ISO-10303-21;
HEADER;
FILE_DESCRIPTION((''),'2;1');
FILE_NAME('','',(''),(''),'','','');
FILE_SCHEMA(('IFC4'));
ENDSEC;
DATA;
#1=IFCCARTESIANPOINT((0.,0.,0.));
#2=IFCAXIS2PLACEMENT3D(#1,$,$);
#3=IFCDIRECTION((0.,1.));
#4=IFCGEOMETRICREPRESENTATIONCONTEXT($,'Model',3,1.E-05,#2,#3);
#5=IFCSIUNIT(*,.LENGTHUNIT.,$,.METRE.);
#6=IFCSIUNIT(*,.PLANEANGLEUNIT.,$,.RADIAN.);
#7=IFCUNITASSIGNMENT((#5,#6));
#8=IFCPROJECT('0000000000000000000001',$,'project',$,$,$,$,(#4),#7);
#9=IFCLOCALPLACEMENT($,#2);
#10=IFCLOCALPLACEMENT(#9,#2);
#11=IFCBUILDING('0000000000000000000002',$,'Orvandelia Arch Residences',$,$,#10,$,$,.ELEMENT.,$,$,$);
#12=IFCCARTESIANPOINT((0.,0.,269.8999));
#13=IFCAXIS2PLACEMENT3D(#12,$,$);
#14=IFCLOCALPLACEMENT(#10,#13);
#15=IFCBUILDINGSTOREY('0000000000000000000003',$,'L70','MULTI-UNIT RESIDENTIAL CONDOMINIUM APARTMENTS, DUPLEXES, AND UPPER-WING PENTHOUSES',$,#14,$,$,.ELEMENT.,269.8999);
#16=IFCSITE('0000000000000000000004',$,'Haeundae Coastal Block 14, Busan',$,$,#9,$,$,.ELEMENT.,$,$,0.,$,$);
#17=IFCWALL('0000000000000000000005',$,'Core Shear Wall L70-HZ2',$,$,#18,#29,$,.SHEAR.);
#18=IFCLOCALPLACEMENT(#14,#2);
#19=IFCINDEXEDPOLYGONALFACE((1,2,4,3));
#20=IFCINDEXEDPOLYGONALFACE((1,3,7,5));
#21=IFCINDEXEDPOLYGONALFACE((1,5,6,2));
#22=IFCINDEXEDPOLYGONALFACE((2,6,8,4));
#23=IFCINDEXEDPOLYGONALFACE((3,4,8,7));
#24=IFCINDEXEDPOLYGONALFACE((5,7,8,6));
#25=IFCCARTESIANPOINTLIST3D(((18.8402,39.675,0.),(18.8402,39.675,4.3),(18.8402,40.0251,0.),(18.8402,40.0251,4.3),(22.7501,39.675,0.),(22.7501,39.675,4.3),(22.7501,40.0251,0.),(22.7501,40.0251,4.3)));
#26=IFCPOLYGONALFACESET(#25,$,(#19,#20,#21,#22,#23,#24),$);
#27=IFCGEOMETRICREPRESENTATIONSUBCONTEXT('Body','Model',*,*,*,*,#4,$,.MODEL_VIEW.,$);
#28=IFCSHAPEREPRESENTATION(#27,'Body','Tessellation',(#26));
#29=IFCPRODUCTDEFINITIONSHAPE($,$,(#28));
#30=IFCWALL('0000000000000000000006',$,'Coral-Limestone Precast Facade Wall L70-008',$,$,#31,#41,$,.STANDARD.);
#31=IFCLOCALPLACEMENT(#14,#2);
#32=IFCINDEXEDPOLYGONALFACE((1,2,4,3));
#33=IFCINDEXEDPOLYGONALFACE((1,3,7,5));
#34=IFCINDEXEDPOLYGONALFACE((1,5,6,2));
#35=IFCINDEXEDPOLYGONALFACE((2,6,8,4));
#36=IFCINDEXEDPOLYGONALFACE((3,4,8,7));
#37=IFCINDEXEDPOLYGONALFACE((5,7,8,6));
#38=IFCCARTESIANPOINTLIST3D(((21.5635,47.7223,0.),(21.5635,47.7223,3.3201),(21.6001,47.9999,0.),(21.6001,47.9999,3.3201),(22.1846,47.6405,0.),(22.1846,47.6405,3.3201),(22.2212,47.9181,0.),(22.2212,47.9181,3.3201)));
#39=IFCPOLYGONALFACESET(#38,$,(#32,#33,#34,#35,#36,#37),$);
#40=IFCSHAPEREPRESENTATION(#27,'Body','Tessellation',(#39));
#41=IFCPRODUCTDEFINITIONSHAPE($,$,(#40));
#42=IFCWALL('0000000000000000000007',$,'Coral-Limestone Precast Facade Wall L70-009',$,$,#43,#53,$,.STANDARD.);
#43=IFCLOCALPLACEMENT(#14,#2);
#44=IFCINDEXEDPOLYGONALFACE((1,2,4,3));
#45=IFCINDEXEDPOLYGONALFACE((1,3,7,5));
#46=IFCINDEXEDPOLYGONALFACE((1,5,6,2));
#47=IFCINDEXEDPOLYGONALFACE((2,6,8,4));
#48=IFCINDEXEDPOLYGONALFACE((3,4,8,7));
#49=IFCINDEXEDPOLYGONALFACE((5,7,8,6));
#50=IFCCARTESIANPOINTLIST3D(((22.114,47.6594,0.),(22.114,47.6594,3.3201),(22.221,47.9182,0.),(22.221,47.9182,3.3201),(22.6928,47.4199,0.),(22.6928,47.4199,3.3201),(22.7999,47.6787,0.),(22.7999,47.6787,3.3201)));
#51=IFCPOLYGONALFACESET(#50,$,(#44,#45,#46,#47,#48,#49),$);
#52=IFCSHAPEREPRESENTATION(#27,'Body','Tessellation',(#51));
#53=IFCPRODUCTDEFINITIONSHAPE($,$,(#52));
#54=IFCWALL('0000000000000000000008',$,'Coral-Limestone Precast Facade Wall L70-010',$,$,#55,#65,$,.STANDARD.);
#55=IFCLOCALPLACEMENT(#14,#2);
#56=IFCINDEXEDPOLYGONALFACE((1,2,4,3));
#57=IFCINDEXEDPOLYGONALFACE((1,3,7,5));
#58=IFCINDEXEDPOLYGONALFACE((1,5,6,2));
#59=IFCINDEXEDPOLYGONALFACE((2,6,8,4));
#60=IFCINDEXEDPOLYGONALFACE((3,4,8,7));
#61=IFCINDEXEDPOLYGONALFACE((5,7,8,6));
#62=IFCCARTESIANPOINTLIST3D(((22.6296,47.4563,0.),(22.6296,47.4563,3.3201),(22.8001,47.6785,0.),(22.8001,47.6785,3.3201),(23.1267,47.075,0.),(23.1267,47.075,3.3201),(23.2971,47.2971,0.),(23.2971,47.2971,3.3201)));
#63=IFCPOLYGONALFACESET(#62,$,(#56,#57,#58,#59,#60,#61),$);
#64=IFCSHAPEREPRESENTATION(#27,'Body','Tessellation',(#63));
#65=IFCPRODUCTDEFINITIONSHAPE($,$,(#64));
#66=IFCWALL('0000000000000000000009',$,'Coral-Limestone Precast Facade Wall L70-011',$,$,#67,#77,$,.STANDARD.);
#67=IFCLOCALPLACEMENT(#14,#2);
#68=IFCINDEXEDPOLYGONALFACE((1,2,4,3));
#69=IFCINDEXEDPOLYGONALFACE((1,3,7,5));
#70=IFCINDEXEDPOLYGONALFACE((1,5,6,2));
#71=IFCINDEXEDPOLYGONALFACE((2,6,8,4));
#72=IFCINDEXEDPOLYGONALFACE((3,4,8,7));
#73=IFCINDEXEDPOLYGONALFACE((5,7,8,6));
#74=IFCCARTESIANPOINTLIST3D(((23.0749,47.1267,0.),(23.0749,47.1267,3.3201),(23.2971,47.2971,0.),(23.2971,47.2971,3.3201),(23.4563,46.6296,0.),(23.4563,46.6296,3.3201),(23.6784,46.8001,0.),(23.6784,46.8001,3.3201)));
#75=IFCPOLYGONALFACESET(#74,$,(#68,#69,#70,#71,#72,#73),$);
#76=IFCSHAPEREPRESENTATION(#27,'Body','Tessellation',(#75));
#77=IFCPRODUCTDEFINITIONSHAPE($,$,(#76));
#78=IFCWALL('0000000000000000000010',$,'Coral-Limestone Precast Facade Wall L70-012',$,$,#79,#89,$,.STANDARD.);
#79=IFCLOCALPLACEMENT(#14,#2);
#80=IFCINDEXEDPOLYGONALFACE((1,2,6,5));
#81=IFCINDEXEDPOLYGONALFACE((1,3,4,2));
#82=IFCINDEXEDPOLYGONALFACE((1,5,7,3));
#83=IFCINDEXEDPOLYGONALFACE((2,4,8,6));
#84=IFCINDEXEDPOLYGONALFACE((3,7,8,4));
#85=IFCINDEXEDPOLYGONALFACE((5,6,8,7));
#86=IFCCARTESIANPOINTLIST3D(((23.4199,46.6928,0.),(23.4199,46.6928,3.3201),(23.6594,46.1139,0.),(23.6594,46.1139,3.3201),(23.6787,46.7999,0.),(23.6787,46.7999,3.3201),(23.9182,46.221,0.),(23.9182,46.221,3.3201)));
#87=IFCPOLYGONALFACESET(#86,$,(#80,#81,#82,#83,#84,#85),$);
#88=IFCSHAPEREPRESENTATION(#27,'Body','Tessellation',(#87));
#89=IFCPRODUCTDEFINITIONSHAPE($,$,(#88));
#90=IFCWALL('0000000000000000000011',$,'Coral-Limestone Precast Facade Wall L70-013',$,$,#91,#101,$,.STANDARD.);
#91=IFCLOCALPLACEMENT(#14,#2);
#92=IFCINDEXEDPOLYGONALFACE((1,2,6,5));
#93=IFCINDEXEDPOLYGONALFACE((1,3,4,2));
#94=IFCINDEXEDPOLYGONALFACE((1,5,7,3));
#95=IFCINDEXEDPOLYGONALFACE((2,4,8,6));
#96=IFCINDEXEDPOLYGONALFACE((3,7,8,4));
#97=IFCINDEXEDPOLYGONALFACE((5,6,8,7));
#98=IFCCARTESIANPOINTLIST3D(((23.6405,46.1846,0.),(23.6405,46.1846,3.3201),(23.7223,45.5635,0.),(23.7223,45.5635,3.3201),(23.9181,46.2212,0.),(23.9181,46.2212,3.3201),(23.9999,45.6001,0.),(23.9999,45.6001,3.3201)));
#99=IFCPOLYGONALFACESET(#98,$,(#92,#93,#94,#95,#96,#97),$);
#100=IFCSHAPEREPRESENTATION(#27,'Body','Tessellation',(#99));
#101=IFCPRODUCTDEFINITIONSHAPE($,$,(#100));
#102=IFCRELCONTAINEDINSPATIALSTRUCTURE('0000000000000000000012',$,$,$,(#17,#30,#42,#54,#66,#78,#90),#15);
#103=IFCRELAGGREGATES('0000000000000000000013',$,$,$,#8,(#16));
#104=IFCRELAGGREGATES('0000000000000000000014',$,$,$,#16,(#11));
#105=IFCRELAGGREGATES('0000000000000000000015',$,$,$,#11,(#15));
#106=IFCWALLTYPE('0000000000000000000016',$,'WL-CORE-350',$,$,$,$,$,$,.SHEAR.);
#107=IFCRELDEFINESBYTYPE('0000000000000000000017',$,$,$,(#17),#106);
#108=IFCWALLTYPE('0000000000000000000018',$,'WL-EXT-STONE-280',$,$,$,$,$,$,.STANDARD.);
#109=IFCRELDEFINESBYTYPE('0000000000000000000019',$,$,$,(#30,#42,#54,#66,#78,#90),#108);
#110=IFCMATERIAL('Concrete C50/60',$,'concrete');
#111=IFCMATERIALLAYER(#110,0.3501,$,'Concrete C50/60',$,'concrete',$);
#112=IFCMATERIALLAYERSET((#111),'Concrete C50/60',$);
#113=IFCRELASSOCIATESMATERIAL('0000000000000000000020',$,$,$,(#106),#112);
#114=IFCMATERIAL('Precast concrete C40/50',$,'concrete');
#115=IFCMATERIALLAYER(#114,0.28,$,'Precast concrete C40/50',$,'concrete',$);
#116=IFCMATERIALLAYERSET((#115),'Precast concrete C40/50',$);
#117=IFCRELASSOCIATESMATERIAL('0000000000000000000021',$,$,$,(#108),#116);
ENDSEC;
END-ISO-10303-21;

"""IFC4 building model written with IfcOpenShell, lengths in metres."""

from ifc_helpers import new_model, si_unit, direction, frame, frame_2d, origin, place, context, subcontext, project, spatial, rectangle, extrude, material, layer, layer_set, type_object, element, save


model = new_model("IFC4")

# Units and contexts
model_context = context("Model", 3, precision=1e-05, world=origin(), true_north=direction((0.0, 1.0)))
body_context = subcontext(model_context, "Body", "Model", "MODEL_VIEW")
ifc_project = project(units=[si_unit("LENGTHUNIT", "METRE"), si_unit("PLANEANGLEUNIT", "RADIAN")], contexts=[model_context])

# Site, building, storey
site_placement = place(None, origin())
site = spatial("IfcSite", under=ifc_project, at=site_placement, Name="Haeundae Coastal Block 14, Busan", CompositionType="ELEMENT", RefElevation=0.0)
building_placement = place(site_placement, origin())
building = spatial("IfcBuilding", under=site, at=building_placement, Name="Orvandelia Arch Residences", CompositionType="ELEMENT")
storey_placement = place(building_placement, frame((0.0, 0.0, 269.8999)))
storey = spatial("IfcBuildingStorey", under=building, at=storey_placement, Name="L70", Description="MULTI-UNIT RESIDENTIAL CONDOMINIUM APARTMENTS, DUPLEXES, AND UPPER-WING PENTHOUSES", CompositionType="ELEMENT", Elevation=269.8999)

# Shared definitions
ifc_material_1 = material(Name="Concrete C50/60", Category="concrete")

# Walls
ifc_layer_1 = layer(ifc_material_1, 0.3501, Name="Concrete C50/60", Category="concrete")
ifc_layer_set_1 = layer_set([ifc_layer_1], Name="Concrete C50/60")
wall_type_1 = type_object("IfcWallType", Name="WL-CORE-350", PredefinedType="SHEAR", material=ifc_layer_set_1)
wall_1_placement = place(storey_placement, frame((18.8401, 39.8501, 0.0), z_axis=(0.0, 0.0, 1.0), x_axis=(1.0, 0.0, 0.0)))
element("IfcWall", 1, at=wall_1_placement, inside=storey, type_object=wall_type_1, Name="Core Shear Wall L70-HZ2", PredefinedType="SHEAR", context=body_context, shape_type="SweptSolid", body=[
    extrude(rectangle(XDim=3.9099, YDim=0.3501, at=frame_2d((1.9551, 0.0))), origin(), (0.0, 0.0, 1.0), 4.3),
])
ifc_material_2 = material(Name="Precast concrete C40/50", Category="concrete")
ifc_layer_2 = layer(ifc_material_2, 0.28, Name="Precast concrete C40/50", Category="concrete")
ifc_layer_set_2 = layer_set([ifc_layer_2], Name="Precast concrete C40/50")
wall_type_2 = type_object("IfcWallType", Name="WL-EXT-STONE-280", PredefinedType="STANDARD", material=ifc_layer_set_2)
for number, where, z_axis, x_axis, name in (
    (2, (21.5818, 47.8611, 0.0), (0.0, 0.0, 1.0), (0.991441, -0.130555, 0.0), "Coral-Limestone Precast Facade Wall L70-008"),
    (3, (22.1675, 47.7888, 0.0), (0.0, 0.0, 1.0), (0.924031, -0.382317, 0.0), "Coral-Limestone Precast Facade Wall L70-009"),
    (4, (22.7148, 47.5674, 0.0), (0.0, 0.0, 1.0), (0.793406, -0.608693, 0.0), "Coral-Limestone Precast Facade Wall L70-010"),
    (5, (23.186, 47.2119, 0.0), (0.0, 0.0, 1.0), (0.608693, -0.793406, 0.0), "Coral-Limestone Precast Facade Wall L70-011"),
    (6, (23.5493, 46.7463, 0.0), (0.0, 0.0, 1.0), (0.382317, -0.924031, 0.0), "Coral-Limestone Precast Facade Wall L70-012"),
    (7, (23.7793, 46.2029, 0.0), (0.0, 0.0, 1.0), (0.130555, -0.991441, 0.0), "Coral-Limestone Precast Facade Wall L70-013"),
):
    element("IfcWall", number, at=place(storey_placement, frame(where, z_axis=z_axis, x_axis=x_axis)), inside=storey, type_object=wall_type_2, Name=name, PredefinedType="STANDARD", context=body_context, shape_type="SweptSolid", body=[
        extrude(rectangle(XDim=0.6265, YDim=0.28, at=frame_2d((0.3132, 0.0))), origin(), (0.0, 0.0, 1.0), 3.3201),
    ])

save(model, "model.ifc")
